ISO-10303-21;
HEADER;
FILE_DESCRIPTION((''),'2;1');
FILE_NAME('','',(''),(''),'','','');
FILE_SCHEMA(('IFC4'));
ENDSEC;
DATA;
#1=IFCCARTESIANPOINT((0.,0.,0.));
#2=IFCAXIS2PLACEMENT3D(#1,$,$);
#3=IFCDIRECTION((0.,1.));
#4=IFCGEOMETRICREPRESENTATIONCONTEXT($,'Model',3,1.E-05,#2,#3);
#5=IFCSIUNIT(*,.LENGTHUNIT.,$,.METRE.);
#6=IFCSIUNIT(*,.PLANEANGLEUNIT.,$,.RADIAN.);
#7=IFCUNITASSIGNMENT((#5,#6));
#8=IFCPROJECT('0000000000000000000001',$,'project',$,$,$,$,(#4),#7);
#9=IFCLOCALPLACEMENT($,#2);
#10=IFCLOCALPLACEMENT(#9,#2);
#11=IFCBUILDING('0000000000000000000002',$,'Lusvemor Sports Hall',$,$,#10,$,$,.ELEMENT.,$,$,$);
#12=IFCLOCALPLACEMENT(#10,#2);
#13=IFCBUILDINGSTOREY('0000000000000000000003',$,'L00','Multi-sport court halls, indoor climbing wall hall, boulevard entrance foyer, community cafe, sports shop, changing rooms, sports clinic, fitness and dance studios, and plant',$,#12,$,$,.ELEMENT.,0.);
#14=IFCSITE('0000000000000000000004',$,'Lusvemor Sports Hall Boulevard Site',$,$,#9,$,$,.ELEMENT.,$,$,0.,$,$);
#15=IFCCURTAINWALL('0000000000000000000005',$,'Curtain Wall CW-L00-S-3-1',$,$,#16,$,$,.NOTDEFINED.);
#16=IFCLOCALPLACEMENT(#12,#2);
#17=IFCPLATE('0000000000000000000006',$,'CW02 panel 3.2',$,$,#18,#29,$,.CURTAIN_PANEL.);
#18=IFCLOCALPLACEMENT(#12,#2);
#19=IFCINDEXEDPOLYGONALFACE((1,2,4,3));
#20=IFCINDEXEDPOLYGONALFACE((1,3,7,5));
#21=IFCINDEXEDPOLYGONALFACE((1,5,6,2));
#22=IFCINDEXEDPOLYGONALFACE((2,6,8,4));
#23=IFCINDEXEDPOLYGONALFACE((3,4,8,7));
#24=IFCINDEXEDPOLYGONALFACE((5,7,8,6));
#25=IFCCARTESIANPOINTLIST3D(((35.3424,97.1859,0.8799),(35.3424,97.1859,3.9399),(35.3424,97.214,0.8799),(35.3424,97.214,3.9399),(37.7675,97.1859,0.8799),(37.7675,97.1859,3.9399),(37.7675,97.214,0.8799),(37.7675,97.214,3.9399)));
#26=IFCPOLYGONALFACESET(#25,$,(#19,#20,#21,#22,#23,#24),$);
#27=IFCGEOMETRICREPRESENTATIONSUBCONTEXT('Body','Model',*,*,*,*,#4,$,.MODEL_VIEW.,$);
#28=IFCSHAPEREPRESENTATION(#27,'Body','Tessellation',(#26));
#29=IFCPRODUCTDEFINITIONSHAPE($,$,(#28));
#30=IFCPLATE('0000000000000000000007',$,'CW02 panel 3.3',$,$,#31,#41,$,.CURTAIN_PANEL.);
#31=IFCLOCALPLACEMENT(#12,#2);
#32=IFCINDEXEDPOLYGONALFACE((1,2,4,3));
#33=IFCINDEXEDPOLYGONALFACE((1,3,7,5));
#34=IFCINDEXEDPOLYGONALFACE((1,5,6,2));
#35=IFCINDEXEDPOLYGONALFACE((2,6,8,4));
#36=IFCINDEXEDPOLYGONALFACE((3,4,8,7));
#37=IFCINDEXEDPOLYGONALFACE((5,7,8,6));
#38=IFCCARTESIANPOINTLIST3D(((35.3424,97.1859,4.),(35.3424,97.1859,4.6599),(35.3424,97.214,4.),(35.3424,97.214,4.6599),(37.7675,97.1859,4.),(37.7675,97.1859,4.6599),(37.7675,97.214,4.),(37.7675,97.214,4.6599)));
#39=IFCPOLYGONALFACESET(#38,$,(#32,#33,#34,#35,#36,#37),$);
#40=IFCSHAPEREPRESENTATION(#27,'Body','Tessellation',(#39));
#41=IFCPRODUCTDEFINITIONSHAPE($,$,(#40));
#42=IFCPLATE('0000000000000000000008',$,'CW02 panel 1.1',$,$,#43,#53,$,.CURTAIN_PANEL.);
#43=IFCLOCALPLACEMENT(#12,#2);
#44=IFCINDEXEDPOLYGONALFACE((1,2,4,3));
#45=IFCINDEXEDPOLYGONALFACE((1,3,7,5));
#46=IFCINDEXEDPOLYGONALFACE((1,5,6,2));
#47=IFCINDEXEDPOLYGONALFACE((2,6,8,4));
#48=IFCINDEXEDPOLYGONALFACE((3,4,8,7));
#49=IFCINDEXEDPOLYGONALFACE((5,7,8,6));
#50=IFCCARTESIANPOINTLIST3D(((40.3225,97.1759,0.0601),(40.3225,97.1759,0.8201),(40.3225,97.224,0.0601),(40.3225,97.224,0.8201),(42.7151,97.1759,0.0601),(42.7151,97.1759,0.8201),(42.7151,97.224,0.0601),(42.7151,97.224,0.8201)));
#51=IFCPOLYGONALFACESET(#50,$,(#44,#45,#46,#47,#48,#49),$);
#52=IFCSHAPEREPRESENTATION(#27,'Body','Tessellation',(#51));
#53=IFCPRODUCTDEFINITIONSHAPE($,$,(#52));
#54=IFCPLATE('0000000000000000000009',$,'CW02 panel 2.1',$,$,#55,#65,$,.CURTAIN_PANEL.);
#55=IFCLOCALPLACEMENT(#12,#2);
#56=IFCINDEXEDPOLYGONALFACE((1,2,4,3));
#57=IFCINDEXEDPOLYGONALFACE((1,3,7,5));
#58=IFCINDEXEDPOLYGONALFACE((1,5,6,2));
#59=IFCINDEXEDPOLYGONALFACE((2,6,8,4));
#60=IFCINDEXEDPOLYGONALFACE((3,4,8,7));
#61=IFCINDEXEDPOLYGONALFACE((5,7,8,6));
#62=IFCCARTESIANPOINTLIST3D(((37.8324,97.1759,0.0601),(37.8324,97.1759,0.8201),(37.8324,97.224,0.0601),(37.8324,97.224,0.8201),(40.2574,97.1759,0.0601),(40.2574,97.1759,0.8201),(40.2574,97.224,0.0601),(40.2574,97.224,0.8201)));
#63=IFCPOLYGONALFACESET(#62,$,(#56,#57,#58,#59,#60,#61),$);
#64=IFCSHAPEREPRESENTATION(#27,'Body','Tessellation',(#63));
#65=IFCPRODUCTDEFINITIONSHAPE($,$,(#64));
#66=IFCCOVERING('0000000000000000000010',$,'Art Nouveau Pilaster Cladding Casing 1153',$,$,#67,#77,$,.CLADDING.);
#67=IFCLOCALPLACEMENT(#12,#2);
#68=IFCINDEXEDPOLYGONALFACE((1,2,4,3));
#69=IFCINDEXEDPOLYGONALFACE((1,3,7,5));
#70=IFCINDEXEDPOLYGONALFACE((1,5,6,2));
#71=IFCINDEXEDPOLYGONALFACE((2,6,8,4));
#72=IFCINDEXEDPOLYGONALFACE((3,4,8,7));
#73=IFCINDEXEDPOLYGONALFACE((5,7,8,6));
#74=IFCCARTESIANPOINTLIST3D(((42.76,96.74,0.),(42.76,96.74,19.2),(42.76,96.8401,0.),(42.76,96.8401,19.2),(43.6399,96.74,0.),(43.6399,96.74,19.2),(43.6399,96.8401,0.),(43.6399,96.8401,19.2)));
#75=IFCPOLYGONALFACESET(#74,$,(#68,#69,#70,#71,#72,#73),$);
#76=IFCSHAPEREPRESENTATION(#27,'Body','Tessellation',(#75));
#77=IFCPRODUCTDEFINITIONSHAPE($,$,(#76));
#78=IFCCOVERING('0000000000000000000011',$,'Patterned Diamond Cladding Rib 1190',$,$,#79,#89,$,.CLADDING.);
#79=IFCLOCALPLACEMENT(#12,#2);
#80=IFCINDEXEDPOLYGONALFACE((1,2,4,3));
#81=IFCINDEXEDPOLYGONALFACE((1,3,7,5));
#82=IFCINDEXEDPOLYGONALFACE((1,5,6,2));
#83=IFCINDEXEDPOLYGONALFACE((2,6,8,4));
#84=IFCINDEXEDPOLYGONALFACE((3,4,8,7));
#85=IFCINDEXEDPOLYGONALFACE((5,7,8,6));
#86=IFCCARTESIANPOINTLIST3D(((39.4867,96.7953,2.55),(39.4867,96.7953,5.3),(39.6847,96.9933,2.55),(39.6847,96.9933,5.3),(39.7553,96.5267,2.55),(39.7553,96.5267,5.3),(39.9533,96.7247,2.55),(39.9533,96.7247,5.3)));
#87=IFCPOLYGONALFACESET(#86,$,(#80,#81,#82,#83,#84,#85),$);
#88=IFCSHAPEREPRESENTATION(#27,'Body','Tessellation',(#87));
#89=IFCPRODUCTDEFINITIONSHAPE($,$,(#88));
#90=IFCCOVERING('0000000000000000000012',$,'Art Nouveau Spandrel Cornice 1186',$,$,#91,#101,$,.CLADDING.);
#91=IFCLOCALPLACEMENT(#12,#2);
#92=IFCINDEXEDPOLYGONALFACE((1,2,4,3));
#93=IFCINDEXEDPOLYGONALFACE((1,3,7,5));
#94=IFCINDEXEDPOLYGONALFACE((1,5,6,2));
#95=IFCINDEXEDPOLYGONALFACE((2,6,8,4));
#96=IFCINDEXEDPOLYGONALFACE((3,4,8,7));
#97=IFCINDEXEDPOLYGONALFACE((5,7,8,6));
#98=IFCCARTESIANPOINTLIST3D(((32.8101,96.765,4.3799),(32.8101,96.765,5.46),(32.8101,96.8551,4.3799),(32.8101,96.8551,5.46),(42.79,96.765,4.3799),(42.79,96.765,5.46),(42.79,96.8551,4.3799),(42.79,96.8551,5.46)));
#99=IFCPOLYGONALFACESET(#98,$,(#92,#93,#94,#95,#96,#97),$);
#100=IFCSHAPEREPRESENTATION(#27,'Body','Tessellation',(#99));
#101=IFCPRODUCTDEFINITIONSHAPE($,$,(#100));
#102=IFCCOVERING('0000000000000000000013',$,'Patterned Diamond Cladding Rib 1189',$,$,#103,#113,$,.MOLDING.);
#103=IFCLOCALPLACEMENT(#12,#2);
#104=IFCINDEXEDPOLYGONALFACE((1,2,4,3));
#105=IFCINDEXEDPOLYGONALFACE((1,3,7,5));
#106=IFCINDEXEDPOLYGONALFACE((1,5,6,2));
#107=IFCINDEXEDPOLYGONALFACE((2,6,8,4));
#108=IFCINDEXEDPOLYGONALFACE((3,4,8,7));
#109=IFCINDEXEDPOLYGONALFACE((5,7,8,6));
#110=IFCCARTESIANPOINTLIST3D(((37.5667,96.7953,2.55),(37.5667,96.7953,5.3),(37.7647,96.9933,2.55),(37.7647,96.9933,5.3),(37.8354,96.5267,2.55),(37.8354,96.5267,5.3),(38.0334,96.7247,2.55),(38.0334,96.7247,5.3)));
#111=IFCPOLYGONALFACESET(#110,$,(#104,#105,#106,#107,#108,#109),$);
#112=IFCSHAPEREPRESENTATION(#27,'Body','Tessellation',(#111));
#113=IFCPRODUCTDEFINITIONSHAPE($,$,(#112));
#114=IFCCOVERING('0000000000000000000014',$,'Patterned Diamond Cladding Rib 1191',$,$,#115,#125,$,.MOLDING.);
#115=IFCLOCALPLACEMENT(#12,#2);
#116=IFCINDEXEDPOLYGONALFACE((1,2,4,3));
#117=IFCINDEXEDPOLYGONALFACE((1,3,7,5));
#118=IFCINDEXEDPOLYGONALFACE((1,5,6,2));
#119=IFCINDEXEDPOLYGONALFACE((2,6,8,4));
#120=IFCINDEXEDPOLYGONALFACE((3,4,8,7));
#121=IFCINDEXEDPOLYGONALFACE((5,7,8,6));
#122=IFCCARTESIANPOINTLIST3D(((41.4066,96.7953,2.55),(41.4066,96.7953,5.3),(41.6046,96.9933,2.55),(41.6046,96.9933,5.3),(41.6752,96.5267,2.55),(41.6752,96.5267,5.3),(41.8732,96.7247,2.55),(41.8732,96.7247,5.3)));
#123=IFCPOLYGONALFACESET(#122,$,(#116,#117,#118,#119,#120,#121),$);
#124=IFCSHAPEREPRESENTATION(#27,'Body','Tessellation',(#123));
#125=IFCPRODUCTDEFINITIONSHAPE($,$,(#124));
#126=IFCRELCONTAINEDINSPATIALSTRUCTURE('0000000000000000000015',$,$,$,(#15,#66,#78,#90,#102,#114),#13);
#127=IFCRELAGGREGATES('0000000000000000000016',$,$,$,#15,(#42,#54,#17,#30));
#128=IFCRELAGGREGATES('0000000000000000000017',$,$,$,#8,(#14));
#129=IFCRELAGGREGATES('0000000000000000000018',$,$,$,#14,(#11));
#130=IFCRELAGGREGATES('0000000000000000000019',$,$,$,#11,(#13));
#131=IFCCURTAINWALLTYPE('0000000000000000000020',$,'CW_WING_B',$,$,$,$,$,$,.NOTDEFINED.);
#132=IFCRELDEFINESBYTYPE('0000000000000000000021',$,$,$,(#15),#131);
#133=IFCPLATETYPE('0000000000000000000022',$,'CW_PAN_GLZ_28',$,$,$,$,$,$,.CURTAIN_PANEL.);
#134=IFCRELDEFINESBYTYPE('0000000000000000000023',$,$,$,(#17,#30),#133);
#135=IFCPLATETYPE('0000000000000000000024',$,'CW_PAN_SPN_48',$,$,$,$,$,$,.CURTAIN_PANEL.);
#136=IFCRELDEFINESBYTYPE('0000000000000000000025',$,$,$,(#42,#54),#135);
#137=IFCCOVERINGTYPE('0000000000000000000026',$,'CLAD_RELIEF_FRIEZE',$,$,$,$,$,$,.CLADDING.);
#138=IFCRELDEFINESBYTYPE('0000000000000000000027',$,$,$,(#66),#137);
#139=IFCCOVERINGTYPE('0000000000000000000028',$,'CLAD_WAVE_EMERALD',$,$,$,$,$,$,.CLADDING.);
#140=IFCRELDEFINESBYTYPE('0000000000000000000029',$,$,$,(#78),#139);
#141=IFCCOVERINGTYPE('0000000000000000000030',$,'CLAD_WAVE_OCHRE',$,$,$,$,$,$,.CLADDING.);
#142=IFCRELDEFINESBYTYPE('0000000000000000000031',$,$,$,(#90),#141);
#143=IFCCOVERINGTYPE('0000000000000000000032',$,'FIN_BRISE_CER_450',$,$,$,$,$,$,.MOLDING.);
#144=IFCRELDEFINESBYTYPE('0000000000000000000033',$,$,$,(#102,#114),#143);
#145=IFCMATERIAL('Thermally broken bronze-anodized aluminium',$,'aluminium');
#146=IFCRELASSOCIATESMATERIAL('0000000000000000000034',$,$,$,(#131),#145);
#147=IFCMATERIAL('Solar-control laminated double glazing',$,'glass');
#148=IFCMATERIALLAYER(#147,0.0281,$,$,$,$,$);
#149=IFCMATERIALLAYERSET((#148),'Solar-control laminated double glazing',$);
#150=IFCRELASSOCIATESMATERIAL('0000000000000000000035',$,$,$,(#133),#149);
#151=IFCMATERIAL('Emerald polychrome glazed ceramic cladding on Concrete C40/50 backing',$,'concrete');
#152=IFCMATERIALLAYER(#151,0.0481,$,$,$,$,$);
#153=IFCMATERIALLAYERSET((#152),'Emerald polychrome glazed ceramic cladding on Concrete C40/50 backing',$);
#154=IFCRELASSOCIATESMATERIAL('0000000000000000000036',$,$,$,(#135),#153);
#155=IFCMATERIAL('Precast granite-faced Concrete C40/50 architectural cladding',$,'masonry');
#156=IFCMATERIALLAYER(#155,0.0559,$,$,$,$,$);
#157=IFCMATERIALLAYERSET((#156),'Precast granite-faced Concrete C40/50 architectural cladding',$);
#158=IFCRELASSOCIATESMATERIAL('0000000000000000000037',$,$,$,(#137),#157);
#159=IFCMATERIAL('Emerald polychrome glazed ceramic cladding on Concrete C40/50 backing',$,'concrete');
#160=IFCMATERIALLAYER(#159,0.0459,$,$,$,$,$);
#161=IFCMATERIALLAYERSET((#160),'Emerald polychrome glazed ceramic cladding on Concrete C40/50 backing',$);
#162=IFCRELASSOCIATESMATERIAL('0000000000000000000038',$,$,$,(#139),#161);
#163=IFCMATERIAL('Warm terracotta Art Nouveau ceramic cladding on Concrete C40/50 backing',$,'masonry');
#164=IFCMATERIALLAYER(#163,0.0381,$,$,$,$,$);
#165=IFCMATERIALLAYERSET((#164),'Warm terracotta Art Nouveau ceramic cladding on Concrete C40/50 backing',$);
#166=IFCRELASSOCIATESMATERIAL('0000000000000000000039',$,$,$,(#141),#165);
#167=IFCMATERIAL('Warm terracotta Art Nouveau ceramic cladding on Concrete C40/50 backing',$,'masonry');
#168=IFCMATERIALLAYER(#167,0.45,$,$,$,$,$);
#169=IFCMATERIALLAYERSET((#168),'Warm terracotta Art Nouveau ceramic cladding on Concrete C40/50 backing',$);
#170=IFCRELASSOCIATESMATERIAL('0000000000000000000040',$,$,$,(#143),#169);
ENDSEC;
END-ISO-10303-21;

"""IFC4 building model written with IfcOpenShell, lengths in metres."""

from ifc_helpers import new_model, si_unit, direction, frame, origin, origin_2d, place, context, subcontext, project, spatial, rectangle, extrude, material, layer, layer_set, type_object, element, aggregate, save


model = new_model("IFC4")

# Units and contexts
model_context = context("Model", 3, precision=1e-05, world=origin(), true_north=direction((0.0, 1.0)))
body_context = subcontext(model_context, "Body", "Model", "MODEL_VIEW")
ifc_project = project(units=[si_unit("LENGTHUNIT", "METRE"), si_unit("PLANEANGLEUNIT", "RADIAN")], contexts=[model_context])

# Site, building, storey
site_placement = place(None, origin())
site = spatial("IfcSite", under=ifc_project, at=site_placement, Name="Lusvemor Sports Hall Boulevard Site", CompositionType="ELEMENT", RefElevation=0.0)
building_placement = place(site_placement, origin())
building = spatial("IfcBuilding", under=site, at=building_placement, Name="Lusvemor Sports Hall", CompositionType="ELEMENT")
storey_placement = place(building_placement, origin())
storey = spatial("IfcBuildingStorey", under=building, at=storey_placement, Name="L00", Description="Multi-sport court halls, indoor climbing wall hall, boulevard entrance foyer, community cafe, sports shop, changing rooms, sports clinic, fitness and dance studios, and plant", CompositionType="ELEMENT", Elevation=0.0)

# Curtain wall
ifc_material_1 = material(Name="Thermally broken bronze-anodized aluminium", Category="aluminium")
curtain_wall_type = type_object("IfcCurtainWallType", Name="CW_WING_B", PredefinedType="NOTDEFINED", material=ifc_material_1)
curtain_wall_1_placement = place(storey_placement, origin())
curtain_wall_1 = element("IfcCurtainWall", 1, at=curtain_wall_1_placement, inside=storey, type_object=curtain_wall_type, Name="Curtain Wall CW-L00-S-3-1", PredefinedType="NOTDEFINED")

# Plates
ifc_material_2 = material(Name="Solar-control laminated double glazing", Category="glass")
ifc_layer_1 = layer(ifc_material_2, 0.0281)
ifc_layer_set_1 = layer_set([ifc_layer_1], Name="Solar-control laminated double glazing")
plate_type_1 = type_object("IfcPlateType", Name="CW_PAN_GLZ_28", PredefinedType="CURTAIN_PANEL", material=ifc_layer_set_1)
plate_1_placement = place(storey_placement, frame((36.5549, 97.2, 0.8799), z_axis=(0.0, 0.0, 1.0), x_axis=(-1.0, 0.0, 0.0)))
plate_1 = element("IfcPlate", 2, at=plate_1_placement, type_object=plate_type_1, Name="CW02 panel 3.2", PredefinedType="CURTAIN_PANEL", context=body_context, shape_type="SweptSolid", body=[
    extrude(rectangle(XDim=2.425, YDim=0.0281, at=origin_2d()), origin(), (0.0, 0.0, 1.0), 3.0601),
])
plate_2_placement = place(storey_placement, frame((36.5549, 97.2, 4.0), z_axis=(0.0, 0.0, 1.0), x_axis=(-1.0, 0.0, 0.0)))
plate_2 = element("IfcPlate", 3, at=plate_2_placement, type_object=plate_type_1, Name="CW02 panel 3.3", PredefinedType="CURTAIN_PANEL", context=body_context, shape_type="SweptSolid", body=[
    extrude(rectangle(XDim=2.425, YDim=0.0281, at=origin_2d()), origin(), (0.0, 0.0, 1.0), 0.6599),
])
ifc_material_3 = material(Name="Emerald polychrome glazed ceramic cladding on Concrete C40/50 backing", Category="concrete")
ifc_layer_2 = layer(ifc_material_3, 0.0481)
ifc_layer_set_2 = layer_set([ifc_layer_2], Name="Emerald polychrome glazed ceramic cladding on Concrete C40/50 backing")
plate_type_2 = type_object("IfcPlateType", Name="CW_PAN_SPN_48", PredefinedType="CURTAIN_PANEL", material=ifc_layer_set_2)
plate_3_placement = place(storey_placement, frame((41.5188, 97.2, 0.0601), z_axis=(0.0, 0.0, 1.0), x_axis=(-1.0, 0.0, 0.0)))
plate_3 = element("IfcPlate", 4, at=plate_3_placement, type_object=plate_type_2, Name="CW02 panel 1.1", PredefinedType="CURTAIN_PANEL", context=body_context, shape_type="SweptSolid", body=[
    extrude(rectangle(XDim=2.3926, YDim=0.0481, at=origin_2d()), origin(), (0.0, 0.0, 1.0), 0.76),
])
plate_4_placement = place(storey_placement, frame((39.0449, 97.2, 0.0601), z_axis=(0.0, 0.0, 1.0), x_axis=(-1.0, 0.0, 0.0)))
plate_4 = element("IfcPlate", 5, at=plate_4_placement, type_object=plate_type_2, Name="CW02 panel 2.1", PredefinedType="CURTAIN_PANEL", context=body_context, shape_type="SweptSolid", body=[
    extrude(rectangle(XDim=2.425, YDim=0.0481, at=origin_2d()), origin(), (0.0, 0.0, 1.0), 0.76),
])
aggregate(curtain_wall_1, [plate_3, plate_4, plate_1, plate_2])

# Coverings
ifc_material_4 = material(Name="Precast granite-faced Concrete C40/50 architectural cladding", Category="masonry")
ifc_layer_3 = layer(ifc_material_4, 0.0559)
ifc_layer_set_3 = layer_set([ifc_layer_3], Name="Precast granite-faced Concrete C40/50 architectural cladding")
covering_type_1 = type_object("IfcCoveringType", Name="CLAD_RELIEF_FRIEZE", PredefinedType="CLADDING", material=ifc_layer_set_3)
covering_1_placement = place(storey_placement, frame((43.2, 96.79, 0.0), z_axis=(0.0, 0.0, 1.0), x_axis=(1.0, 0.0, 0.0)))
element("IfcCovering", 6, at=covering_1_placement, inside=storey, type_object=covering_type_1, Name="Art Nouveau Pilaster Cladding Casing 1153", PredefinedType="CLADDING", context=body_context, shape_type="SweptSolid", body=[
    extrude(rectangle(XDim=0.8799, YDim=0.1001, at=origin_2d()), origin(), (0.0, 0.0, 1.0), 19.2),
])
ifc_material_5 = material(Name="Emerald polychrome glazed ceramic cladding on Concrete C40/50 backing", Category="concrete")
ifc_layer_4 = layer(ifc_material_5, 0.0459)
ifc_layer_set_4 = layer_set([ifc_layer_4], Name="Emerald polychrome glazed ceramic cladding on Concrete C40/50 backing")
covering_type_2 = type_object("IfcCoveringType", Name="CLAD_WAVE_EMERALD", PredefinedType="CLADDING", material=ifc_layer_set_4)
covering_2_placement = place(storey_placement, frame((39.72, 96.76, 2.55), z_axis=(0.0, 0.0, 1.0), x_axis=(0.707107, 0.707107, 0.0)))
element("IfcCovering", 7, at=covering_2_placement, inside=storey, type_object=covering_type_2, Name="Patterned Diamond Cladding Rib 1190", PredefinedType="CLADDING", context=body_context, shape_type="SweptSolid", body=[
    extrude(rectangle(XDim=0.28, YDim=0.3799, at=origin_2d()), origin(), (0.0, 0.0, 1.0), 2.75),
])
ifc_material_6 = material(Name="Warm terracotta Art Nouveau ceramic cladding on Concrete C40/50 backing", Category="masonry")
ifc_layer_5 = layer(ifc_material_6, 0.0381)
ifc_layer_set_5 = layer_set([ifc_layer_5], Name="Warm terracotta Art Nouveau ceramic cladding on Concrete C40/50 backing")
covering_type_3 = type_object("IfcCoveringType", Name="CLAD_WAVE_OCHRE", PredefinedType="CLADDING", material=ifc_layer_set_5)
covering_3_placement = place(storey_placement, frame((37.8, 96.8101, 4.3799), z_axis=(0.0, 0.0, 1.0), x_axis=(1.0, 0.0, 0.0)))
element("IfcCovering", 8, at=covering_3_placement, inside=storey, type_object=covering_type_3, Name="Art Nouveau Spandrel Cornice 1186", PredefinedType="CLADDING", context=body_context, shape_type="SweptSolid", body=[
    extrude(rectangle(XDim=9.98, YDim=0.0901, at=origin_2d()), origin(), (0.0, 0.0, 1.0), 1.0801),
])
ifc_material_7 = material(Name="Warm terracotta Art Nouveau ceramic cladding on Concrete C40/50 backing", Category="masonry")
ifc_layer_6 = layer(ifc_material_7, 0.45)
ifc_layer_set_6 = layer_set([ifc_layer_6], Name="Warm terracotta Art Nouveau ceramic cladding on Concrete C40/50 backing")
covering_type_4 = type_object("IfcCoveringType", Name="FIN_BRISE_CER_450", PredefinedType="MOLDING", material=ifc_layer_set_6)
for number, where, z_axis, x_axis, name in (
    (9, (37.8, 96.76, 2.55), (0.0, 0.0, 1.0), (0.707107, 0.707107, 0.0), "Patterned Diamond Cladding Rib 1189"),
    (10, (41.6399, 96.76, 2.55), (0.0, 0.0, 1.0), (0.707107, 0.707107, 0.0), "Patterned Diamond Cladding Rib 1191"),
):
    element("IfcCovering", number, at=place(storey_placement, frame(where, z_axis=z_axis, x_axis=x_axis)), inside=storey, type_object=covering_type_4, Name=name, PredefinedType="MOLDING", context=body_context, shape_type="SweptSolid", body=[
        extrude(rectangle(XDim=0.28, YDim=0.3799, at=origin_2d()), origin(), (0.0, 0.0, 1.0), 2.75),
    ])

save(model, "model.ifc")
